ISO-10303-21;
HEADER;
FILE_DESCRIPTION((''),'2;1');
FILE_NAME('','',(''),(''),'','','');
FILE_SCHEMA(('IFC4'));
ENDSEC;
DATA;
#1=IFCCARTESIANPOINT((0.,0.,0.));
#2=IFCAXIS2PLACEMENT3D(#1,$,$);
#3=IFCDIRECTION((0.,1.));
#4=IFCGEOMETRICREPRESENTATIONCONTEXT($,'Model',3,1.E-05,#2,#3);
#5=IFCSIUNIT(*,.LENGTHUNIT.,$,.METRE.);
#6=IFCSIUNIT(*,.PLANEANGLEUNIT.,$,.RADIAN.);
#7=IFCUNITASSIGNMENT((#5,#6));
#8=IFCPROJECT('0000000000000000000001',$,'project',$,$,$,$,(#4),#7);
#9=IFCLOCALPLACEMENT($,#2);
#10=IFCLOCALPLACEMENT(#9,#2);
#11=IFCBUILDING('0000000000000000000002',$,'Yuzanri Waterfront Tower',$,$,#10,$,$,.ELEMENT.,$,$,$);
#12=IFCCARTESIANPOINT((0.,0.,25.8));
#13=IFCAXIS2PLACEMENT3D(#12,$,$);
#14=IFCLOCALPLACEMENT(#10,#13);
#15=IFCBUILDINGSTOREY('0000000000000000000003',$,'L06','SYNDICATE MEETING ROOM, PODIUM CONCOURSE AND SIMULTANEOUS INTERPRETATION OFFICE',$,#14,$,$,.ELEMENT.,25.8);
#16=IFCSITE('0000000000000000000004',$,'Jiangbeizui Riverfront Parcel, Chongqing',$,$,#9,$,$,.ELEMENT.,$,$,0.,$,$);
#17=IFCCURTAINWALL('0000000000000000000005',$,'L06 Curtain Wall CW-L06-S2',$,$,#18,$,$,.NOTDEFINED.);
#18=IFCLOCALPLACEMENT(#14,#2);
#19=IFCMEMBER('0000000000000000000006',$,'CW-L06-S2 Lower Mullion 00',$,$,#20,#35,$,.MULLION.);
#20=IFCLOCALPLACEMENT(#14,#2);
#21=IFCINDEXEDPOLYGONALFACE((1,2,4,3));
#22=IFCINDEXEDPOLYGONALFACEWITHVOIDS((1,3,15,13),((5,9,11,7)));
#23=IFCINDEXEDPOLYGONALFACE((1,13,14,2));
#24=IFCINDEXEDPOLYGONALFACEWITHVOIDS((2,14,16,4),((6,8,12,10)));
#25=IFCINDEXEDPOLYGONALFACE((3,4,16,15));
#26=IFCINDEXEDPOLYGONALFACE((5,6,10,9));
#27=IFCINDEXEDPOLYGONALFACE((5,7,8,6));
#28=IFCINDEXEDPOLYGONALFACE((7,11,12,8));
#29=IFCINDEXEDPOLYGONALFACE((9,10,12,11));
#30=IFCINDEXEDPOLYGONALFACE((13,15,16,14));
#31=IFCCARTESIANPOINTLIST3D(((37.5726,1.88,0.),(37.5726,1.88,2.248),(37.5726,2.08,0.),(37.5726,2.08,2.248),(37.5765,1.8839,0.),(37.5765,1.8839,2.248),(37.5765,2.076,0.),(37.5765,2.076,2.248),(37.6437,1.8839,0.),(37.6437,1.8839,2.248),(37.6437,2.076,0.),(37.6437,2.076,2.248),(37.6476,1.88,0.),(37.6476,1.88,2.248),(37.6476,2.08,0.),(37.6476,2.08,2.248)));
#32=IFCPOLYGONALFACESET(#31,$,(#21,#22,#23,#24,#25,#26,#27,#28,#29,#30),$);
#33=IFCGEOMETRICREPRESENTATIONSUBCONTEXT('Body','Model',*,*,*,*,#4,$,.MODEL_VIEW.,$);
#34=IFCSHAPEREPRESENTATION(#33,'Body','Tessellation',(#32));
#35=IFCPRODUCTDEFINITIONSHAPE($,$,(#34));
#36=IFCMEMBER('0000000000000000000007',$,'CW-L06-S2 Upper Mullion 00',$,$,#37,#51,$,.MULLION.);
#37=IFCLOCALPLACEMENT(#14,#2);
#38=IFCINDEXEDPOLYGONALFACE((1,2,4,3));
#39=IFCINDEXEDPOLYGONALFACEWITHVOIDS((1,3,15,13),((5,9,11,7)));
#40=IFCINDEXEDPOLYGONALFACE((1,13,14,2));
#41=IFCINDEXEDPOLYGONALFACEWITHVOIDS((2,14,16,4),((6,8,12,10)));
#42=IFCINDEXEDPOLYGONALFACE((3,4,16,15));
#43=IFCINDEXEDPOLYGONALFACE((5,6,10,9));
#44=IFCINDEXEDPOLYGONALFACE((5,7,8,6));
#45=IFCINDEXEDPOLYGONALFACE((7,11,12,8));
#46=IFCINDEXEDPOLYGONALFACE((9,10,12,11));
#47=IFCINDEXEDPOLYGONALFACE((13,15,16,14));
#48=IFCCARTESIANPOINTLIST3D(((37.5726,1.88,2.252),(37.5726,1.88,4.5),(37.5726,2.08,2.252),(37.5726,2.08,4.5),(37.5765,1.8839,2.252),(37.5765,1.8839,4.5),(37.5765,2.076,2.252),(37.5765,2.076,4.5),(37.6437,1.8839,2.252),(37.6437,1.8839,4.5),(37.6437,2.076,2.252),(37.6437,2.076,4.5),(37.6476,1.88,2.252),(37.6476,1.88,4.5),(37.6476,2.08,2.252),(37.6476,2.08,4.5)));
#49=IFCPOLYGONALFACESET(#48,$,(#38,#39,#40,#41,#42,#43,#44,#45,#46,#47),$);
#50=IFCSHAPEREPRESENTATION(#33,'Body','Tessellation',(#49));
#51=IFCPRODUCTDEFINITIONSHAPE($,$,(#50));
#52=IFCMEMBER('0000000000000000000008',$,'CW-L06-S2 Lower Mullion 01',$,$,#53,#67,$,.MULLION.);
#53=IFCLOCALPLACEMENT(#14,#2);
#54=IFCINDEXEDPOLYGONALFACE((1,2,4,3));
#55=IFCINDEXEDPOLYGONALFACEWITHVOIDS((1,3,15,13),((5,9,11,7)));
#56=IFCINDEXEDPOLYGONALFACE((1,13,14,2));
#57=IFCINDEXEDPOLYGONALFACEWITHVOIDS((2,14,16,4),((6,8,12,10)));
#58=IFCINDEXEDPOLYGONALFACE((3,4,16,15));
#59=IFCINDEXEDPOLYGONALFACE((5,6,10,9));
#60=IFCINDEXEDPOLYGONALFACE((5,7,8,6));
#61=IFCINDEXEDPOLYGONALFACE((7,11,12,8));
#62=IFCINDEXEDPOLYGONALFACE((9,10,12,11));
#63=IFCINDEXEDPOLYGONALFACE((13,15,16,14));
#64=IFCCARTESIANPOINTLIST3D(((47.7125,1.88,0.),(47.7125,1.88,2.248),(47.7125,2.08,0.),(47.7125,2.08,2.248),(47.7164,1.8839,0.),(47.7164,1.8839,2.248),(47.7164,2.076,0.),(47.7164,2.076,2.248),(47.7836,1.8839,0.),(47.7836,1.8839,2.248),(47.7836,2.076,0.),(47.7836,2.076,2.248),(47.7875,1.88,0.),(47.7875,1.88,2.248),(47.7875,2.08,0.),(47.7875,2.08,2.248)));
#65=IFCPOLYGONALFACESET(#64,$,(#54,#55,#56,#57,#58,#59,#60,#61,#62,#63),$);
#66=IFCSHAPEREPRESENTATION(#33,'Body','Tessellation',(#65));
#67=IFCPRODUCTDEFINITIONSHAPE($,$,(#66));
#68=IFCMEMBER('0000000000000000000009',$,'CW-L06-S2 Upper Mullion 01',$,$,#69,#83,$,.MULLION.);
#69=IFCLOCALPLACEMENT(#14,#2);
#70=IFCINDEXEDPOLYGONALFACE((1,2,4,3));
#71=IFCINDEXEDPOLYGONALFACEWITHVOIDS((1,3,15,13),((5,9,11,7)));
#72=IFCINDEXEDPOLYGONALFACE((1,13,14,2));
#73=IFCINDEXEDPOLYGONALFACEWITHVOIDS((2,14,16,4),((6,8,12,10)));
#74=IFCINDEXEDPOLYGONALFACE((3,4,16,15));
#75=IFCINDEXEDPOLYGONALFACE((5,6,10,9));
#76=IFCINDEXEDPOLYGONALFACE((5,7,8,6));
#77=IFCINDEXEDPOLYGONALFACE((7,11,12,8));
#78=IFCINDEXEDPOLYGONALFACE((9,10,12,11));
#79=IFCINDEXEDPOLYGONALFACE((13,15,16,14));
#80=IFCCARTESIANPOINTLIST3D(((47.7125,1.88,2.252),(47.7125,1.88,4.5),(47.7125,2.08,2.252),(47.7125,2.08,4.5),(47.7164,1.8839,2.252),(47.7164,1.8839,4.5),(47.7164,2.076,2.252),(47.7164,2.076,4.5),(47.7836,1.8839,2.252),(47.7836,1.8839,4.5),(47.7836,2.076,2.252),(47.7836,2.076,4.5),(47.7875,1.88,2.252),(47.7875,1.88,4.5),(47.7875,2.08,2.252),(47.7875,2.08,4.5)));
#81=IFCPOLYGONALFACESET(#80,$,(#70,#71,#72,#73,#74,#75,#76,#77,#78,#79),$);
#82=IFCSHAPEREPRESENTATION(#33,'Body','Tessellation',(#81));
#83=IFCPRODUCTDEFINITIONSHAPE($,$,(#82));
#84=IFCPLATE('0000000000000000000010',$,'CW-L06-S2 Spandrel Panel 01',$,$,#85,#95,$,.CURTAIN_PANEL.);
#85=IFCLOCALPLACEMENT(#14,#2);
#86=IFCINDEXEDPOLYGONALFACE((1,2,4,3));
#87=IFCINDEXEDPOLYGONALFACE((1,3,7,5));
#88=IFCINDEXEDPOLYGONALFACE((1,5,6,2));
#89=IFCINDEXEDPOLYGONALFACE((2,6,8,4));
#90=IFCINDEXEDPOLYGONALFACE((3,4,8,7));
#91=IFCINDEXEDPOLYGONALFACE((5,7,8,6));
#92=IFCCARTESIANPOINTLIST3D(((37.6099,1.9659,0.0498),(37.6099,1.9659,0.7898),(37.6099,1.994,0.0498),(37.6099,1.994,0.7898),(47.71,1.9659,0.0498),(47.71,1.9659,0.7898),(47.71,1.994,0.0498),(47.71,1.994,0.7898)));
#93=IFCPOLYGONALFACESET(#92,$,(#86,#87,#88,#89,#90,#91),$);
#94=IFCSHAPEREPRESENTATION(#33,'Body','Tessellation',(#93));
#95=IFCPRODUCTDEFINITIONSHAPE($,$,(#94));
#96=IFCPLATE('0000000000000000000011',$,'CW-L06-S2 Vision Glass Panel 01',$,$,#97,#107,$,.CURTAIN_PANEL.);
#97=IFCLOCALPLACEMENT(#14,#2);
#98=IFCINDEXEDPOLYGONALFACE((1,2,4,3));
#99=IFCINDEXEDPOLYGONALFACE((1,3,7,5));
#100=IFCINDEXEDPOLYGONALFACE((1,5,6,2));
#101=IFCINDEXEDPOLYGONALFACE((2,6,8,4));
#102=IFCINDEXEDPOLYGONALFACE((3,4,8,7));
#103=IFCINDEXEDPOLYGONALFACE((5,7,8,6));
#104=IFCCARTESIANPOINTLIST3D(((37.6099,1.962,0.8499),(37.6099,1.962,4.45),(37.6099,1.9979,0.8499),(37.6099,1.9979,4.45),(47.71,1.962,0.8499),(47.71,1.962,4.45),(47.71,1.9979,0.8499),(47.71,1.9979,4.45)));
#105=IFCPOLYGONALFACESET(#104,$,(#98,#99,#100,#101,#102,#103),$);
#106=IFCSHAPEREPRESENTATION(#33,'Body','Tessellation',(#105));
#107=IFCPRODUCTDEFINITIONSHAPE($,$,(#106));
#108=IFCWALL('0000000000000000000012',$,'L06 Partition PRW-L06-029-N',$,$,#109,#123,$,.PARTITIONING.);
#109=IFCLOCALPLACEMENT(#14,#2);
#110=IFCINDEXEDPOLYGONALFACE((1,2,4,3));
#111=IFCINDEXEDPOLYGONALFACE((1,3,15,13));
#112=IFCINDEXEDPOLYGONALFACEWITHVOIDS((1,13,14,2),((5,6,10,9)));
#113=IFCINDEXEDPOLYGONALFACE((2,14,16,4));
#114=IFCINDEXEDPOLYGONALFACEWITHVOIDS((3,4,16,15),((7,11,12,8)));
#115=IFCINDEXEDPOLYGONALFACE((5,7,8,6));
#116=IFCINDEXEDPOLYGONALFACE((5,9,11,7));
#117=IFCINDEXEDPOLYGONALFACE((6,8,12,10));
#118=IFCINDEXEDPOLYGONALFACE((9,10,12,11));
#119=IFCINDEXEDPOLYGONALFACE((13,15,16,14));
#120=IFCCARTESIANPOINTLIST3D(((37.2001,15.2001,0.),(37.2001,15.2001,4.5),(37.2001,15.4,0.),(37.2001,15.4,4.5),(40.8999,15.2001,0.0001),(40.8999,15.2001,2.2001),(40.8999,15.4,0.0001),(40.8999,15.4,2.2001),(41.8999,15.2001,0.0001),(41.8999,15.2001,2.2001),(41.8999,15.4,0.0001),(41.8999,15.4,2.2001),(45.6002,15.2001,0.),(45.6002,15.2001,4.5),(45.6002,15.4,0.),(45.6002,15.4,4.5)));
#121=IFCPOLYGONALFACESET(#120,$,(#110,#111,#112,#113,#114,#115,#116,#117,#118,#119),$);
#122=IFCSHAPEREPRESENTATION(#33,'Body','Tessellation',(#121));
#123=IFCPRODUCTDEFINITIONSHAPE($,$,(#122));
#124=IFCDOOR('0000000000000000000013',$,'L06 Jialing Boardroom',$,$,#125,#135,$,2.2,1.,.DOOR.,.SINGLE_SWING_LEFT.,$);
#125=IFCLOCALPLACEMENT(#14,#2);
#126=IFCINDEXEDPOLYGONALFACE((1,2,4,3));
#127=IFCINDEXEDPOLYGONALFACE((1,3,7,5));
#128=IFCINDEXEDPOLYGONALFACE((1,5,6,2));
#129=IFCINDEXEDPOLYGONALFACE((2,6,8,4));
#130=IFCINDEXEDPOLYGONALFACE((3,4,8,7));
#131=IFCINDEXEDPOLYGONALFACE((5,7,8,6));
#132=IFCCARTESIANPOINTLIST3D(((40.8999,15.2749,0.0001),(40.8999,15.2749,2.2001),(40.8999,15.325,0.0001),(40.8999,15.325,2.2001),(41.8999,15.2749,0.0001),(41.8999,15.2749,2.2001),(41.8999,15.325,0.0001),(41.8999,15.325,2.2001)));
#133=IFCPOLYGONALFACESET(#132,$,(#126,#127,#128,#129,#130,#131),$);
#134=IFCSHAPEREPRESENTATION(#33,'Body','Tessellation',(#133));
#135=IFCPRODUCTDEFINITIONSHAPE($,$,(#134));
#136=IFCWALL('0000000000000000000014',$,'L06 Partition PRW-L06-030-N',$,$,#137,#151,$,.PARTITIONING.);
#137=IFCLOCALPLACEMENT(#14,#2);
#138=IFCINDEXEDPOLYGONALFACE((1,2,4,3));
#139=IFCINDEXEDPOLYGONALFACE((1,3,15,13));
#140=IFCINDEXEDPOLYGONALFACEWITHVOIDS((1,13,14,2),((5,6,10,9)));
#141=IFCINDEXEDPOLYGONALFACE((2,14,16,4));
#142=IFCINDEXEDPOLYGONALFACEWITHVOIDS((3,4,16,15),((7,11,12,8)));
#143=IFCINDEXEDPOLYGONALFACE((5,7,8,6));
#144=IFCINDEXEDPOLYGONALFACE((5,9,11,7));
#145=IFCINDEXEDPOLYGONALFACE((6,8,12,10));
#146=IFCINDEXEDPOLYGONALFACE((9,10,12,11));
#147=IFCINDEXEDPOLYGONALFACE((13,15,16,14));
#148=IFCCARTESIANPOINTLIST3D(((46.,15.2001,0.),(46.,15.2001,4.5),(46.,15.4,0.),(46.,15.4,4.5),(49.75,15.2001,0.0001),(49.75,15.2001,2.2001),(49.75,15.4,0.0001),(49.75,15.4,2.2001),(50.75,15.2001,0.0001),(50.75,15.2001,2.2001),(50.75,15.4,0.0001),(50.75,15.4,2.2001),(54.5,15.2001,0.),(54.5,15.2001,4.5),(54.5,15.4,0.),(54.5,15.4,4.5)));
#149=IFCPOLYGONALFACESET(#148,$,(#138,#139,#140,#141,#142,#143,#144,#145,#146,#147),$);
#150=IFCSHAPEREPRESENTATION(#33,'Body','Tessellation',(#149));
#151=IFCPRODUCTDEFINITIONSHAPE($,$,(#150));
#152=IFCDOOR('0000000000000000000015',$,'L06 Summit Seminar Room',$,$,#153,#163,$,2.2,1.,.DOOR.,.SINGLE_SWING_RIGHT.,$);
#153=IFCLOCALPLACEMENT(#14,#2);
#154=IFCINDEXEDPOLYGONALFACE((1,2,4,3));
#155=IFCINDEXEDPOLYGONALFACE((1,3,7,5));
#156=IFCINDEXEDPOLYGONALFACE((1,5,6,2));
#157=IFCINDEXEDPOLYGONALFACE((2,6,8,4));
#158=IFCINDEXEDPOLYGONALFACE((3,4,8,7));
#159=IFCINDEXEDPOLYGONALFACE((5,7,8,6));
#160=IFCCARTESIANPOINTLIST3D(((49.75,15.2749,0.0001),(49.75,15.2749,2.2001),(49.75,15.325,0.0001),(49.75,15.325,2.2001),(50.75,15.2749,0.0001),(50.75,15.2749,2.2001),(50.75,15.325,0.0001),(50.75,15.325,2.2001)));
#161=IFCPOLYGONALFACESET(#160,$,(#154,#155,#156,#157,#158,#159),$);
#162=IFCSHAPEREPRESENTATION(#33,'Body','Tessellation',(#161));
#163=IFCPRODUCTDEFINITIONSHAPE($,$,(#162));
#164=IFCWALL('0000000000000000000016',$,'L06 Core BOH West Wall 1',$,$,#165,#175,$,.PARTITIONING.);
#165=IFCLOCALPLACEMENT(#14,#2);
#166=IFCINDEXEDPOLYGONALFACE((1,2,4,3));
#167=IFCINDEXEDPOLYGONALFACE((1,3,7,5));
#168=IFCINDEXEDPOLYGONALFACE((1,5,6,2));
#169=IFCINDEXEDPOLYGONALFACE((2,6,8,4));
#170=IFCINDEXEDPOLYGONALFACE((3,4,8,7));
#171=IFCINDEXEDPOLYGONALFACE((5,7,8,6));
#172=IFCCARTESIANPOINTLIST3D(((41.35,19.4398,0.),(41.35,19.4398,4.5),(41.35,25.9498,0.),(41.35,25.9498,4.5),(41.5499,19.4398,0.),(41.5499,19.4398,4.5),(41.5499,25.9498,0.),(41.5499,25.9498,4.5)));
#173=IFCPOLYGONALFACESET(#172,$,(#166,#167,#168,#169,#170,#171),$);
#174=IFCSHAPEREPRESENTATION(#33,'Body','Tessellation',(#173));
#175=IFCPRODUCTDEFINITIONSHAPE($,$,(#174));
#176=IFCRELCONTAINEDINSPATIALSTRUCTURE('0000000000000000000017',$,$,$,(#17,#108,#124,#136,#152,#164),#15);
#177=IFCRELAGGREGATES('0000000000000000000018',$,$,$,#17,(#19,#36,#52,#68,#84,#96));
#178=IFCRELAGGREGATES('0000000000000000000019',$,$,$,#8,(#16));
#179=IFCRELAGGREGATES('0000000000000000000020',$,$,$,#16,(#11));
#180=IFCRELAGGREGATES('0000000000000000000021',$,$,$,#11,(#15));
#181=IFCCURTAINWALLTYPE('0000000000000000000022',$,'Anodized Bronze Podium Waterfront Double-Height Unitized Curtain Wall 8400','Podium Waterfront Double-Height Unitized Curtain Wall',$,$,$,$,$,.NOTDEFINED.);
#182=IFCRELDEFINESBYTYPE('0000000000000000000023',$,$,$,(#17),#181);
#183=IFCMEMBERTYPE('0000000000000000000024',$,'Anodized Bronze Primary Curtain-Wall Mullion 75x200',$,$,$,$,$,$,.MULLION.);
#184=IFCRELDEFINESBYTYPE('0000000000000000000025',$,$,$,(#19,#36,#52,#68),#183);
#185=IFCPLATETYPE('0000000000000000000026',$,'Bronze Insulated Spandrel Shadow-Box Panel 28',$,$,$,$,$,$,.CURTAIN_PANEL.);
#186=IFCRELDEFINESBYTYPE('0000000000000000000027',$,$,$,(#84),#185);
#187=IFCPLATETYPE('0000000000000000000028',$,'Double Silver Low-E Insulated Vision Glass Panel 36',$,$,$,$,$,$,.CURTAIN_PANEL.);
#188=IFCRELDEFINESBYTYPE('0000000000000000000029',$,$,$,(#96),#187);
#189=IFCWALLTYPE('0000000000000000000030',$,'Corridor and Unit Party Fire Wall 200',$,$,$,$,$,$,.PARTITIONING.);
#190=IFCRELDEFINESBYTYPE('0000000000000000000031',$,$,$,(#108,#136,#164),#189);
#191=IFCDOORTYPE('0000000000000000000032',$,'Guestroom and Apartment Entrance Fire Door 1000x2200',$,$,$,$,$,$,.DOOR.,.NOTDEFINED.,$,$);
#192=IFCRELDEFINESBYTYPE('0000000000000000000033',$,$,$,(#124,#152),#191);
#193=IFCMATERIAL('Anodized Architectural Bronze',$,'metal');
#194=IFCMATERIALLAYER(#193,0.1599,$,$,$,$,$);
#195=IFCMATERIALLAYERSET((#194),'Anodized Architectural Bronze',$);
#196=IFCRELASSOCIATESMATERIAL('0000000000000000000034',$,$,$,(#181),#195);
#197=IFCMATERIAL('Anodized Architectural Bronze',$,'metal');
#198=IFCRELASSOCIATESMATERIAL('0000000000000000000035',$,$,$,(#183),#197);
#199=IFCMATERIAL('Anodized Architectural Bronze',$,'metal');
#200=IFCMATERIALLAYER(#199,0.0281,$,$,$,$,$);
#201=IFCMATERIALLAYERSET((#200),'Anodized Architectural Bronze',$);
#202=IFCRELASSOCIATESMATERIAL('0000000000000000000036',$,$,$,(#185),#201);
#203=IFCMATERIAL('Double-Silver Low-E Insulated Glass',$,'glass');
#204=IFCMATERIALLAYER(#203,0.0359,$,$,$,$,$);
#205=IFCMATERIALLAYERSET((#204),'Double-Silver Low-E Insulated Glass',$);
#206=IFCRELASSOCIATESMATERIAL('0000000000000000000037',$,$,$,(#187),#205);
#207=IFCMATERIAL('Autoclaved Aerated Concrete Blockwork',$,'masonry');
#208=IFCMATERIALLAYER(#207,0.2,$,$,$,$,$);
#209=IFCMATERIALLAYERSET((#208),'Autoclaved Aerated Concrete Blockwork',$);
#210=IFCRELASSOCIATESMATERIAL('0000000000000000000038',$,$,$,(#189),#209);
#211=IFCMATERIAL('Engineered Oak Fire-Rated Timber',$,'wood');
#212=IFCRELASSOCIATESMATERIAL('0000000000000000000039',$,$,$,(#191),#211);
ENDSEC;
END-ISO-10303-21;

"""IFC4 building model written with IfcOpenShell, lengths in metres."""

from ifc_helpers import new_model, si_unit, direction, frame, frame_2d, origin, origin_2d, place, context, subcontext, project, spatial, rectangle, hollow_rectangle, extrude, source, transform, mapped, material, layer, layer_set, material_profile, profile_set, type_object, element, fill, aggregate, save


model = new_model("IFC4")

# Units and contexts
model_context = context("Model", 3, precision=1e-05, world=origin(), true_north=direction((0.0, 1.0)))
body_context = subcontext(model_context, "Body", "Model", "MODEL_VIEW")
ifc_project = project(units=[si_unit("LENGTHUNIT", "METRE"), si_unit("PLANEANGLEUNIT", "RADIAN")], contexts=[model_context])

# Site, building, storey
site_placement = place(None, origin())
site = spatial("IfcSite", under=ifc_project, at=site_placement, Name="Jiangbeizui Riverfront Parcel, Chongqing", CompositionType="ELEMENT", RefElevation=0.0)
building_placement = place(site_placement, origin())
building = spatial("IfcBuilding", under=site, at=building_placement, Name="Yuzanri Waterfront Tower", CompositionType="ELEMENT")
storey_placement = place(building_placement, frame((0.0, 0.0, 25.8)))
storey = spatial("IfcBuildingStorey", under=building, at=storey_placement, Name="L06", Description="SYNDICATE MEETING ROOM, PODIUM CONCOURSE AND SIMULTANEOUS INTERPRETATION OFFICE", CompositionType="ELEMENT", Elevation=25.8)

# Curtain wall, members, plates
ifc_material_1 = material(Name="Anodized Architectural Bronze", Category="metal")
ifc_layer_1 = layer(ifc_material_1, 0.1599)
ifc_layer_set_1 = layer_set([ifc_layer_1], Name="Anodized Architectural Bronze")
curtain_wall_type = type_object("IfcCurtainWallType", Name="Anodized Bronze Podium Waterfront Double-Height Unitized Curtain Wall 8400", Description="Podium Waterfront Double-Height Unitized Curtain Wall", PredefinedType="NOTDEFINED", material=ifc_layer_set_1)
curtain_wall_placement = place(storey_placement, origin())
curtain_wall = element("IfcCurtainWall", 1, at=curtain_wall_placement, inside=storey, type_object=curtain_wall_type, Name="L06 Curtain Wall CW-L06-S2", PredefinedType="NOTDEFINED")
ifc_material_2 = material(Name="Anodized Architectural Bronze", Category="metal")
ifc_material_profile_1 = material_profile(ifc_material_2, hollow_rectangle(XDim=0.075, YDim=0.2, WallThickness=0.0039, at=origin_2d()), Name="CWM 75x200")
ifc_profile_set_1 = profile_set([ifc_material_profile_1], Name="Anodized Architectural Bronze")
member_type_1 = type_object("IfcMemberType", Name="Anodized Bronze Primary Curtain-Wall Mullion 75x200", PredefinedType="MULLION", material=ifc_profile_set_1)
shared_shape_1 = source(origin(), body_context, "Body", "SweptSolid", [
    extrude(hollow_rectangle(XDim=0.075, YDim=0.2, WallThickness=0.0039, at=origin_2d()), origin(), (0.0, 0.0, 1.0), 2.248),
])
member_1_placement = place(storey_placement, frame((37.6101, 1.98, 0.0), z_axis=(0.0, 0.0, 1.0), x_axis=(1.0, 0.0, 0.0)))
member_1 = element("IfcMember", 2, at=member_1_placement, type_object=member_type_1, Name="CW-L06-S2 Lower Mullion 00", PredefinedType="MULLION", context=body_context, shape_type="MappedRepresentation", body=[
    mapped(shared_shape_1, transform((0.0, 0.0, 0.0), scale=1.0)),
])
member_2_placement = place(storey_placement, frame((37.6101, 1.98, 2.252), z_axis=(0.0, 0.0, 1.0), x_axis=(1.0, 0.0, 0.0)))
member_2 = element("IfcMember", 3, at=member_2_placement, type_object=member_type_1, Name="CW-L06-S2 Upper Mullion 00", PredefinedType="MULLION", context=body_context, shape_type="MappedRepresentation", body=[
    mapped(shared_shape_1, transform((0.0, 0.0, 0.0), scale=1.0)),
])
member_3_placement = place(storey_placement, frame((47.75, 1.98, 0.0), z_axis=(0.0, 0.0, 1.0), x_axis=(1.0, 0.0, 0.0)))
member_3 = element("IfcMember", 4, at=member_3_placement, type_object=member_type_1, Name="CW-L06-S2 Lower Mullion 01", PredefinedType="MULLION", context=body_context, shape_type="MappedRepresentation", body=[
    mapped(shared_shape_1, transform((0.0, 0.0, 0.0), scale=1.0)),
])
member_4_placement = place(storey_placement, frame((47.75, 1.98, 2.252), z_axis=(0.0, 0.0, 1.0), x_axis=(1.0, 0.0, 0.0)))
member_4 = element("IfcMember", 5, at=member_4_placement, type_object=member_type_1, Name="CW-L06-S2 Upper Mullion 01", PredefinedType="MULLION", context=body_context, shape_type="MappedRepresentation", body=[
    mapped(shared_shape_1, transform((0.0, 0.0, 0.0), scale=1.0)),
])
ifc_material_3 = material(Name="Anodized Architectural Bronze", Category="metal")
ifc_layer_2 = layer(ifc_material_3, 0.0281)
ifc_layer_set_2 = layer_set([ifc_layer_2], Name="Anodized Architectural Bronze")
plate_type_1 = type_object("IfcPlateType", Name="Bronze Insulated Spandrel Shadow-Box Panel 28", PredefinedType="CURTAIN_PANEL", material=ifc_layer_set_2)
shared_shape_2 = source(origin(), body_context, "Body", "SweptSolid", [
    extrude(rectangle(XDim=10.1001, YDim=0.0281, at=origin_2d()), origin(), (0.0, 0.0, 1.0), 0.74),
])
plate_1_placement = place(storey_placement, frame((42.6599, 1.98, 0.0498), z_axis=(0.0, 0.0, 1.0), x_axis=(1.0, 0.0, 0.0)))
plate_1 = element("IfcPlate", 6, at=plate_1_placement, type_object=plate_type_1, Name="CW-L06-S2 Spandrel Panel 01", PredefinedType="CURTAIN_PANEL", context=body_context, shape_type="MappedRepresentation", body=[
    mapped(shared_shape_2, transform((0.0, 0.0, 0.0), scale=1.0)),
])
ifc_material_4 = material(Name="Double-Silver Low-E Insulated Glass", Category="glass")
ifc_layer_3 = layer(ifc_material_4, 0.0359)
ifc_layer_set_3 = layer_set([ifc_layer_3], Name="Double-Silver Low-E Insulated Glass")
plate_type_2 = type_object("IfcPlateType", Name="Double Silver Low-E Insulated Vision Glass Panel 36", PredefinedType="CURTAIN_PANEL", material=ifc_layer_set_3)
shared_shape_3 = source(origin(), body_context, "Body", "SweptSolid", [
    extrude(rectangle(XDim=10.1001, YDim=0.0359, at=origin_2d()), origin(), (0.0, 0.0, 1.0), 3.6001),
])
plate_2_placement = place(storey_placement, frame((42.6599, 1.98, 0.8499), z_axis=(0.0, 0.0, 1.0), x_axis=(1.0, 0.0, 0.0)))
plate_2 = element("IfcPlate", 7, at=plate_2_placement, type_object=plate_type_2, Name="CW-L06-S2 Vision Glass Panel 01", PredefinedType="CURTAIN_PANEL", context=body_context, shape_type="MappedRepresentation", body=[
    mapped(shared_shape_3, transform((0.0, 0.0, 0.0), scale=1.0)),
])
aggregate(curtain_wall, [member_1, member_2, member_3, member_4, plate_1, plate_2])

# Walls, openings, doors
ifc_material_5 = material(Name="Autoclaved Aerated Concrete Blockwork", Category="masonry")
ifc_layer_4 = layer(ifc_material_5, 0.2)
ifc_layer_set_4 = layer_set([ifc_layer_4], Name="Autoclaved Aerated Concrete Blockwork")
wall_type_1 = type_object("IfcWallType", Name="Corridor and Unit Party Fire Wall 200", PredefinedType="PARTITIONING", material=ifc_layer_set_4)
wall_1_placement = place(storey_placement, frame((37.2, 15.3, 0.0), z_axis=(0.0, 0.0, 1.0), x_axis=(1.0, 0.0, 0.0)))
wall_1 = element("IfcWall", 8, at=wall_1_placement, inside=storey, type_object=wall_type_1, Name="L06 Partition PRW-L06-029-N", PredefinedType="PARTITIONING", context=body_context, shape_type="SweptSolid", body=[
    extrude(rectangle(XDim=8.4001, YDim=0.2, at=frame_2d((4.2002, 0.0))), origin(), (0.0, 0.0, 1.0), 4.5),
])
opening_1_placement = place(wall_1_placement, frame((3.7, 0.0, 0.0)))
opening_1 = element("IfcOpeningElement", 9, at=opening_1_placement, cuts=wall_1, PredefinedType="OPENING", context=body_context, shape_type="SweptSolid", body=[
    extrude(rectangle(XDim=1.0, YDim=2.2, at=frame_2d((0.5, 1.1001))), frame((0.0, 0.1147, 0.0), z_axis=(0.0, -1.0, 0.0), x_axis=(1.0, 0.0, 0.0)), (0.0, 0.0, 1.0), 0.2297),
])
ifc_material_6 = material(Name="Engineered Oak Fire-Rated Timber", Category="wood")
door_type = type_object("IfcDoorType", Name="Guestroom and Apartment Entrance Fire Door 1000x2200", OperationType="NOTDEFINED", PredefinedType="DOOR", material=ifc_material_6)
shared_shape_4 = source(origin(), body_context, "Body", "SweptSolid", [
    extrude(rectangle(XDim=1.0, YDim=2.2, at=frame_2d((0.5, 1.1001))), frame((0.0, 0.0249, 0.0), z_axis=(0.0, -1.0, 0.0), x_axis=(1.0, 0.0, 0.0)), (0.0, 0.0, 1.0), 0.05),
])
door_1_placement = place(opening_1_placement, origin())
door_1 = element("IfcDoor", 10, at=door_1_placement, inside=storey, type_object=door_type, Name="L06 Jialing Boardroom", OperationType="SINGLE_SWING_LEFT", OverallHeight=2.2, OverallWidth=1.0, PredefinedType="DOOR", context=body_context, shape_type="MappedRepresentation", body=[
    mapped(shared_shape_4, transform((0.0, 0.0, 0.0), scale=1.0)),
])
fill(opening_1, door_1)
wall_2_placement = place(storey_placement, frame((46.0, 15.3, 0.0), z_axis=(0.0, 0.0, 1.0), x_axis=(1.0, 0.0, 0.0)))
wall_2 = element("IfcWall", 11, at=wall_2_placement, inside=storey, type_object=wall_type_1, Name="L06 Partition PRW-L06-030-N", PredefinedType="PARTITIONING", context=body_context, shape_type="SweptSolid", body=[
    extrude(rectangle(XDim=8.5, YDim=0.2, at=frame_2d((4.25, 0.0))), origin(), (0.0, 0.0, 1.0), 4.5),
])
opening_2_placement = place(wall_2_placement, frame((3.75, 0.0, 0.0)))
opening_2 = element("IfcOpeningElement", 12, at=opening_2_placement, cuts=wall_2, PredefinedType="OPENING", context=body_context, shape_type="SweptSolid", body=[
    extrude(rectangle(XDim=1.0, YDim=2.2, at=frame_2d((0.5, 1.1001))), frame((0.0, 0.1147, 0.0), z_axis=(0.0, -1.0, 0.0), x_axis=(1.0, 0.0, 0.0)), (0.0, 0.0, 1.0), 0.2297),
])
door_2_placement = place(opening_2_placement, origin())
door_2 = element("IfcDoor", 13, at=door_2_placement, inside=storey, type_object=door_type, Name="L06 Summit Seminar Room", OperationType="SINGLE_SWING_RIGHT", OverallHeight=2.2, OverallWidth=1.0, PredefinedType="DOOR", context=body_context, shape_type="MappedRepresentation", body=[
    mapped(shared_shape_4, transform((0.0, 0.0, 0.0), scale=1.0)),
])
fill(opening_2, door_2)

# Wall
shared_shape_5 = source(origin(), body_context, "Body", "SweptSolid", [
    extrude(rectangle(XDim=6.51, YDim=0.2, at=frame_2d((3.2549, 0.0))), origin(), (0.0, 0.0, 1.0), 4.5),
])
wall_3_placement = place(storey_placement, frame((41.45, 19.4399, 0.0), z_axis=(0.0, 0.0, 1.0), x_axis=(0.0, 1.0, 0.0)))
element("IfcWall", 14, at=wall_3_placement, inside=storey, type_object=wall_type_1, Name="L06 Core BOH West Wall 1", PredefinedType="PARTITIONING", context=body_context, shape_type="MappedRepresentation", body=[
    mapped(shared_shape_5, transform((0.0, 0.0, 0.0), scale=1.0)),
])

save(model, "model.ifc")
